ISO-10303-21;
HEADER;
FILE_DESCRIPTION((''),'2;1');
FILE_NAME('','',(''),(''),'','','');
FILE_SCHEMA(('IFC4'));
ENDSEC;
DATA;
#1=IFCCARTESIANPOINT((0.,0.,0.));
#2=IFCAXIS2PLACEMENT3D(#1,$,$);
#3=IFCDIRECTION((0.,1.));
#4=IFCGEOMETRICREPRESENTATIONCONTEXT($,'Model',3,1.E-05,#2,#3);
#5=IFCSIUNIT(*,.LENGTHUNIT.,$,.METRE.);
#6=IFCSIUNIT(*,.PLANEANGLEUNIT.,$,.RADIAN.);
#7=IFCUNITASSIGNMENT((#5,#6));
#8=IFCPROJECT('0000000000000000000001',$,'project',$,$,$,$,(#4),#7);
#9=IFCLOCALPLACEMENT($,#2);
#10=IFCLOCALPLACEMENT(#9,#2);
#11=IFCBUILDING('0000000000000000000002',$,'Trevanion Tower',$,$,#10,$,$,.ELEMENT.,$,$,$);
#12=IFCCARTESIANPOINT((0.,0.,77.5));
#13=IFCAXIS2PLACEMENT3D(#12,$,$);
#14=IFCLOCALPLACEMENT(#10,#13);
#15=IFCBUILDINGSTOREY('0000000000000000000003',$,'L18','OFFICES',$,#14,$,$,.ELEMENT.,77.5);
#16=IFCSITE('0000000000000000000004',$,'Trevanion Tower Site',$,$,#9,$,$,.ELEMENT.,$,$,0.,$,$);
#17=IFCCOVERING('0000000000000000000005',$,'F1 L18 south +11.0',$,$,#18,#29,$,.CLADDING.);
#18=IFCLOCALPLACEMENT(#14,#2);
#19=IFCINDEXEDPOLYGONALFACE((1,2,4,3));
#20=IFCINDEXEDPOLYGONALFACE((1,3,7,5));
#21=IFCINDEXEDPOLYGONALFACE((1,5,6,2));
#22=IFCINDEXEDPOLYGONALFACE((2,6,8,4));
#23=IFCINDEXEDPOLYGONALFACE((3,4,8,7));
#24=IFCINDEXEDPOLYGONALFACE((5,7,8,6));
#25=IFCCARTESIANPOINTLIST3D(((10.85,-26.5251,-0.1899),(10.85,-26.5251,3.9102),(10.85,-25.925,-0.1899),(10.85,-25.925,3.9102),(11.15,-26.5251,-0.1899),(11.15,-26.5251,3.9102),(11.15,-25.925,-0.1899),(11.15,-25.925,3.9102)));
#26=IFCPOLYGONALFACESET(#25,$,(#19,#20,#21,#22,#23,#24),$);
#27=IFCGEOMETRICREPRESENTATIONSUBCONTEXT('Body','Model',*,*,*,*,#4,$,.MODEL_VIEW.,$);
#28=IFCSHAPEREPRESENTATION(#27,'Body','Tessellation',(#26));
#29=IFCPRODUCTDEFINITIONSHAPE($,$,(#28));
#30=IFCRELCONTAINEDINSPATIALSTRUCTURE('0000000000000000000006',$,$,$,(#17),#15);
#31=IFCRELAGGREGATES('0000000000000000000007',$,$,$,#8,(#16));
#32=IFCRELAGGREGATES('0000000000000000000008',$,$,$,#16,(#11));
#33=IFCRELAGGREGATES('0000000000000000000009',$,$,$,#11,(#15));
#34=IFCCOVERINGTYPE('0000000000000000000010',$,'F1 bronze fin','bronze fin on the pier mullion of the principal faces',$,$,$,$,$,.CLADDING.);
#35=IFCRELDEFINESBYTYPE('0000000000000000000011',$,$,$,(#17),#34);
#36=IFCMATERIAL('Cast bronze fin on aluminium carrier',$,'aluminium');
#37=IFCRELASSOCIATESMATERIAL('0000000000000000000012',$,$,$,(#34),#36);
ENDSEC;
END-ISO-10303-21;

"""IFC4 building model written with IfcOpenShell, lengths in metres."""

from ifc_helpers import new_model, si_unit, direction, frame, origin, origin_2d, place, context, subcontext, project, spatial, rectangle, extrude, material, type_object, element, save


model = new_model("IFC4")

# Units and contexts
model_context = context("Model", 3, precision=1e-05, world=origin(), true_north=direction((0.0, 1.0)))
body_context = subcontext(model_context, "Body", "Model", "MODEL_VIEW")
ifc_project = project(units=[si_unit("LENGTHUNIT", "METRE"), si_unit("PLANEANGLEUNIT", "RADIAN")], contexts=[model_context])

# Site, building, storey
site_placement = place(None, origin())
site = spatial("IfcSite", under=ifc_project, at=site_placement, Name="Trevanion Tower Site", CompositionType="ELEMENT", RefElevation=0.0)
building_placement = place(site_placement, origin())
building = spatial("IfcBuilding", under=site, at=building_placement, Name="Trevanion Tower", CompositionType="ELEMENT")
storey_placement = place(building_placement, frame((0.0, 0.0, 77.5)))
storey = spatial("IfcBuildingStorey", under=building, at=storey_placement, Name="L18", Description="OFFICES", CompositionType="ELEMENT", Elevation=77.5)

# Covering
ifc_material_1 = material(Name="Cast bronze fin on aluminium carrier", Category="aluminium")
covering_type = type_object("IfcCoveringType", Name="F1 bronze fin", Description="bronze fin on the pier mullion of the principal faces", PredefinedType="CLADDING", material=ifc_material_1)
covering_placement = place(storey_placement, frame((11.0, -26.2251, -0.1899), z_axis=(0.0, 0.0, 1.0), x_axis=(1.0, 0.0, 0.0)))
element("IfcCovering", 1, at=covering_placement, inside=storey, type_object=covering_type, Name="F1 L18 south +11.0", PredefinedType="CLADDING", context=body_context, shape_type="SweptSolid", body=[
    extrude(rectangle(XDim=0.3, YDim=0.6001, at=origin_2d()), origin(), (0.0, 0.0, 1.0), 4.1001),
])

save(model, "model.ifc")
